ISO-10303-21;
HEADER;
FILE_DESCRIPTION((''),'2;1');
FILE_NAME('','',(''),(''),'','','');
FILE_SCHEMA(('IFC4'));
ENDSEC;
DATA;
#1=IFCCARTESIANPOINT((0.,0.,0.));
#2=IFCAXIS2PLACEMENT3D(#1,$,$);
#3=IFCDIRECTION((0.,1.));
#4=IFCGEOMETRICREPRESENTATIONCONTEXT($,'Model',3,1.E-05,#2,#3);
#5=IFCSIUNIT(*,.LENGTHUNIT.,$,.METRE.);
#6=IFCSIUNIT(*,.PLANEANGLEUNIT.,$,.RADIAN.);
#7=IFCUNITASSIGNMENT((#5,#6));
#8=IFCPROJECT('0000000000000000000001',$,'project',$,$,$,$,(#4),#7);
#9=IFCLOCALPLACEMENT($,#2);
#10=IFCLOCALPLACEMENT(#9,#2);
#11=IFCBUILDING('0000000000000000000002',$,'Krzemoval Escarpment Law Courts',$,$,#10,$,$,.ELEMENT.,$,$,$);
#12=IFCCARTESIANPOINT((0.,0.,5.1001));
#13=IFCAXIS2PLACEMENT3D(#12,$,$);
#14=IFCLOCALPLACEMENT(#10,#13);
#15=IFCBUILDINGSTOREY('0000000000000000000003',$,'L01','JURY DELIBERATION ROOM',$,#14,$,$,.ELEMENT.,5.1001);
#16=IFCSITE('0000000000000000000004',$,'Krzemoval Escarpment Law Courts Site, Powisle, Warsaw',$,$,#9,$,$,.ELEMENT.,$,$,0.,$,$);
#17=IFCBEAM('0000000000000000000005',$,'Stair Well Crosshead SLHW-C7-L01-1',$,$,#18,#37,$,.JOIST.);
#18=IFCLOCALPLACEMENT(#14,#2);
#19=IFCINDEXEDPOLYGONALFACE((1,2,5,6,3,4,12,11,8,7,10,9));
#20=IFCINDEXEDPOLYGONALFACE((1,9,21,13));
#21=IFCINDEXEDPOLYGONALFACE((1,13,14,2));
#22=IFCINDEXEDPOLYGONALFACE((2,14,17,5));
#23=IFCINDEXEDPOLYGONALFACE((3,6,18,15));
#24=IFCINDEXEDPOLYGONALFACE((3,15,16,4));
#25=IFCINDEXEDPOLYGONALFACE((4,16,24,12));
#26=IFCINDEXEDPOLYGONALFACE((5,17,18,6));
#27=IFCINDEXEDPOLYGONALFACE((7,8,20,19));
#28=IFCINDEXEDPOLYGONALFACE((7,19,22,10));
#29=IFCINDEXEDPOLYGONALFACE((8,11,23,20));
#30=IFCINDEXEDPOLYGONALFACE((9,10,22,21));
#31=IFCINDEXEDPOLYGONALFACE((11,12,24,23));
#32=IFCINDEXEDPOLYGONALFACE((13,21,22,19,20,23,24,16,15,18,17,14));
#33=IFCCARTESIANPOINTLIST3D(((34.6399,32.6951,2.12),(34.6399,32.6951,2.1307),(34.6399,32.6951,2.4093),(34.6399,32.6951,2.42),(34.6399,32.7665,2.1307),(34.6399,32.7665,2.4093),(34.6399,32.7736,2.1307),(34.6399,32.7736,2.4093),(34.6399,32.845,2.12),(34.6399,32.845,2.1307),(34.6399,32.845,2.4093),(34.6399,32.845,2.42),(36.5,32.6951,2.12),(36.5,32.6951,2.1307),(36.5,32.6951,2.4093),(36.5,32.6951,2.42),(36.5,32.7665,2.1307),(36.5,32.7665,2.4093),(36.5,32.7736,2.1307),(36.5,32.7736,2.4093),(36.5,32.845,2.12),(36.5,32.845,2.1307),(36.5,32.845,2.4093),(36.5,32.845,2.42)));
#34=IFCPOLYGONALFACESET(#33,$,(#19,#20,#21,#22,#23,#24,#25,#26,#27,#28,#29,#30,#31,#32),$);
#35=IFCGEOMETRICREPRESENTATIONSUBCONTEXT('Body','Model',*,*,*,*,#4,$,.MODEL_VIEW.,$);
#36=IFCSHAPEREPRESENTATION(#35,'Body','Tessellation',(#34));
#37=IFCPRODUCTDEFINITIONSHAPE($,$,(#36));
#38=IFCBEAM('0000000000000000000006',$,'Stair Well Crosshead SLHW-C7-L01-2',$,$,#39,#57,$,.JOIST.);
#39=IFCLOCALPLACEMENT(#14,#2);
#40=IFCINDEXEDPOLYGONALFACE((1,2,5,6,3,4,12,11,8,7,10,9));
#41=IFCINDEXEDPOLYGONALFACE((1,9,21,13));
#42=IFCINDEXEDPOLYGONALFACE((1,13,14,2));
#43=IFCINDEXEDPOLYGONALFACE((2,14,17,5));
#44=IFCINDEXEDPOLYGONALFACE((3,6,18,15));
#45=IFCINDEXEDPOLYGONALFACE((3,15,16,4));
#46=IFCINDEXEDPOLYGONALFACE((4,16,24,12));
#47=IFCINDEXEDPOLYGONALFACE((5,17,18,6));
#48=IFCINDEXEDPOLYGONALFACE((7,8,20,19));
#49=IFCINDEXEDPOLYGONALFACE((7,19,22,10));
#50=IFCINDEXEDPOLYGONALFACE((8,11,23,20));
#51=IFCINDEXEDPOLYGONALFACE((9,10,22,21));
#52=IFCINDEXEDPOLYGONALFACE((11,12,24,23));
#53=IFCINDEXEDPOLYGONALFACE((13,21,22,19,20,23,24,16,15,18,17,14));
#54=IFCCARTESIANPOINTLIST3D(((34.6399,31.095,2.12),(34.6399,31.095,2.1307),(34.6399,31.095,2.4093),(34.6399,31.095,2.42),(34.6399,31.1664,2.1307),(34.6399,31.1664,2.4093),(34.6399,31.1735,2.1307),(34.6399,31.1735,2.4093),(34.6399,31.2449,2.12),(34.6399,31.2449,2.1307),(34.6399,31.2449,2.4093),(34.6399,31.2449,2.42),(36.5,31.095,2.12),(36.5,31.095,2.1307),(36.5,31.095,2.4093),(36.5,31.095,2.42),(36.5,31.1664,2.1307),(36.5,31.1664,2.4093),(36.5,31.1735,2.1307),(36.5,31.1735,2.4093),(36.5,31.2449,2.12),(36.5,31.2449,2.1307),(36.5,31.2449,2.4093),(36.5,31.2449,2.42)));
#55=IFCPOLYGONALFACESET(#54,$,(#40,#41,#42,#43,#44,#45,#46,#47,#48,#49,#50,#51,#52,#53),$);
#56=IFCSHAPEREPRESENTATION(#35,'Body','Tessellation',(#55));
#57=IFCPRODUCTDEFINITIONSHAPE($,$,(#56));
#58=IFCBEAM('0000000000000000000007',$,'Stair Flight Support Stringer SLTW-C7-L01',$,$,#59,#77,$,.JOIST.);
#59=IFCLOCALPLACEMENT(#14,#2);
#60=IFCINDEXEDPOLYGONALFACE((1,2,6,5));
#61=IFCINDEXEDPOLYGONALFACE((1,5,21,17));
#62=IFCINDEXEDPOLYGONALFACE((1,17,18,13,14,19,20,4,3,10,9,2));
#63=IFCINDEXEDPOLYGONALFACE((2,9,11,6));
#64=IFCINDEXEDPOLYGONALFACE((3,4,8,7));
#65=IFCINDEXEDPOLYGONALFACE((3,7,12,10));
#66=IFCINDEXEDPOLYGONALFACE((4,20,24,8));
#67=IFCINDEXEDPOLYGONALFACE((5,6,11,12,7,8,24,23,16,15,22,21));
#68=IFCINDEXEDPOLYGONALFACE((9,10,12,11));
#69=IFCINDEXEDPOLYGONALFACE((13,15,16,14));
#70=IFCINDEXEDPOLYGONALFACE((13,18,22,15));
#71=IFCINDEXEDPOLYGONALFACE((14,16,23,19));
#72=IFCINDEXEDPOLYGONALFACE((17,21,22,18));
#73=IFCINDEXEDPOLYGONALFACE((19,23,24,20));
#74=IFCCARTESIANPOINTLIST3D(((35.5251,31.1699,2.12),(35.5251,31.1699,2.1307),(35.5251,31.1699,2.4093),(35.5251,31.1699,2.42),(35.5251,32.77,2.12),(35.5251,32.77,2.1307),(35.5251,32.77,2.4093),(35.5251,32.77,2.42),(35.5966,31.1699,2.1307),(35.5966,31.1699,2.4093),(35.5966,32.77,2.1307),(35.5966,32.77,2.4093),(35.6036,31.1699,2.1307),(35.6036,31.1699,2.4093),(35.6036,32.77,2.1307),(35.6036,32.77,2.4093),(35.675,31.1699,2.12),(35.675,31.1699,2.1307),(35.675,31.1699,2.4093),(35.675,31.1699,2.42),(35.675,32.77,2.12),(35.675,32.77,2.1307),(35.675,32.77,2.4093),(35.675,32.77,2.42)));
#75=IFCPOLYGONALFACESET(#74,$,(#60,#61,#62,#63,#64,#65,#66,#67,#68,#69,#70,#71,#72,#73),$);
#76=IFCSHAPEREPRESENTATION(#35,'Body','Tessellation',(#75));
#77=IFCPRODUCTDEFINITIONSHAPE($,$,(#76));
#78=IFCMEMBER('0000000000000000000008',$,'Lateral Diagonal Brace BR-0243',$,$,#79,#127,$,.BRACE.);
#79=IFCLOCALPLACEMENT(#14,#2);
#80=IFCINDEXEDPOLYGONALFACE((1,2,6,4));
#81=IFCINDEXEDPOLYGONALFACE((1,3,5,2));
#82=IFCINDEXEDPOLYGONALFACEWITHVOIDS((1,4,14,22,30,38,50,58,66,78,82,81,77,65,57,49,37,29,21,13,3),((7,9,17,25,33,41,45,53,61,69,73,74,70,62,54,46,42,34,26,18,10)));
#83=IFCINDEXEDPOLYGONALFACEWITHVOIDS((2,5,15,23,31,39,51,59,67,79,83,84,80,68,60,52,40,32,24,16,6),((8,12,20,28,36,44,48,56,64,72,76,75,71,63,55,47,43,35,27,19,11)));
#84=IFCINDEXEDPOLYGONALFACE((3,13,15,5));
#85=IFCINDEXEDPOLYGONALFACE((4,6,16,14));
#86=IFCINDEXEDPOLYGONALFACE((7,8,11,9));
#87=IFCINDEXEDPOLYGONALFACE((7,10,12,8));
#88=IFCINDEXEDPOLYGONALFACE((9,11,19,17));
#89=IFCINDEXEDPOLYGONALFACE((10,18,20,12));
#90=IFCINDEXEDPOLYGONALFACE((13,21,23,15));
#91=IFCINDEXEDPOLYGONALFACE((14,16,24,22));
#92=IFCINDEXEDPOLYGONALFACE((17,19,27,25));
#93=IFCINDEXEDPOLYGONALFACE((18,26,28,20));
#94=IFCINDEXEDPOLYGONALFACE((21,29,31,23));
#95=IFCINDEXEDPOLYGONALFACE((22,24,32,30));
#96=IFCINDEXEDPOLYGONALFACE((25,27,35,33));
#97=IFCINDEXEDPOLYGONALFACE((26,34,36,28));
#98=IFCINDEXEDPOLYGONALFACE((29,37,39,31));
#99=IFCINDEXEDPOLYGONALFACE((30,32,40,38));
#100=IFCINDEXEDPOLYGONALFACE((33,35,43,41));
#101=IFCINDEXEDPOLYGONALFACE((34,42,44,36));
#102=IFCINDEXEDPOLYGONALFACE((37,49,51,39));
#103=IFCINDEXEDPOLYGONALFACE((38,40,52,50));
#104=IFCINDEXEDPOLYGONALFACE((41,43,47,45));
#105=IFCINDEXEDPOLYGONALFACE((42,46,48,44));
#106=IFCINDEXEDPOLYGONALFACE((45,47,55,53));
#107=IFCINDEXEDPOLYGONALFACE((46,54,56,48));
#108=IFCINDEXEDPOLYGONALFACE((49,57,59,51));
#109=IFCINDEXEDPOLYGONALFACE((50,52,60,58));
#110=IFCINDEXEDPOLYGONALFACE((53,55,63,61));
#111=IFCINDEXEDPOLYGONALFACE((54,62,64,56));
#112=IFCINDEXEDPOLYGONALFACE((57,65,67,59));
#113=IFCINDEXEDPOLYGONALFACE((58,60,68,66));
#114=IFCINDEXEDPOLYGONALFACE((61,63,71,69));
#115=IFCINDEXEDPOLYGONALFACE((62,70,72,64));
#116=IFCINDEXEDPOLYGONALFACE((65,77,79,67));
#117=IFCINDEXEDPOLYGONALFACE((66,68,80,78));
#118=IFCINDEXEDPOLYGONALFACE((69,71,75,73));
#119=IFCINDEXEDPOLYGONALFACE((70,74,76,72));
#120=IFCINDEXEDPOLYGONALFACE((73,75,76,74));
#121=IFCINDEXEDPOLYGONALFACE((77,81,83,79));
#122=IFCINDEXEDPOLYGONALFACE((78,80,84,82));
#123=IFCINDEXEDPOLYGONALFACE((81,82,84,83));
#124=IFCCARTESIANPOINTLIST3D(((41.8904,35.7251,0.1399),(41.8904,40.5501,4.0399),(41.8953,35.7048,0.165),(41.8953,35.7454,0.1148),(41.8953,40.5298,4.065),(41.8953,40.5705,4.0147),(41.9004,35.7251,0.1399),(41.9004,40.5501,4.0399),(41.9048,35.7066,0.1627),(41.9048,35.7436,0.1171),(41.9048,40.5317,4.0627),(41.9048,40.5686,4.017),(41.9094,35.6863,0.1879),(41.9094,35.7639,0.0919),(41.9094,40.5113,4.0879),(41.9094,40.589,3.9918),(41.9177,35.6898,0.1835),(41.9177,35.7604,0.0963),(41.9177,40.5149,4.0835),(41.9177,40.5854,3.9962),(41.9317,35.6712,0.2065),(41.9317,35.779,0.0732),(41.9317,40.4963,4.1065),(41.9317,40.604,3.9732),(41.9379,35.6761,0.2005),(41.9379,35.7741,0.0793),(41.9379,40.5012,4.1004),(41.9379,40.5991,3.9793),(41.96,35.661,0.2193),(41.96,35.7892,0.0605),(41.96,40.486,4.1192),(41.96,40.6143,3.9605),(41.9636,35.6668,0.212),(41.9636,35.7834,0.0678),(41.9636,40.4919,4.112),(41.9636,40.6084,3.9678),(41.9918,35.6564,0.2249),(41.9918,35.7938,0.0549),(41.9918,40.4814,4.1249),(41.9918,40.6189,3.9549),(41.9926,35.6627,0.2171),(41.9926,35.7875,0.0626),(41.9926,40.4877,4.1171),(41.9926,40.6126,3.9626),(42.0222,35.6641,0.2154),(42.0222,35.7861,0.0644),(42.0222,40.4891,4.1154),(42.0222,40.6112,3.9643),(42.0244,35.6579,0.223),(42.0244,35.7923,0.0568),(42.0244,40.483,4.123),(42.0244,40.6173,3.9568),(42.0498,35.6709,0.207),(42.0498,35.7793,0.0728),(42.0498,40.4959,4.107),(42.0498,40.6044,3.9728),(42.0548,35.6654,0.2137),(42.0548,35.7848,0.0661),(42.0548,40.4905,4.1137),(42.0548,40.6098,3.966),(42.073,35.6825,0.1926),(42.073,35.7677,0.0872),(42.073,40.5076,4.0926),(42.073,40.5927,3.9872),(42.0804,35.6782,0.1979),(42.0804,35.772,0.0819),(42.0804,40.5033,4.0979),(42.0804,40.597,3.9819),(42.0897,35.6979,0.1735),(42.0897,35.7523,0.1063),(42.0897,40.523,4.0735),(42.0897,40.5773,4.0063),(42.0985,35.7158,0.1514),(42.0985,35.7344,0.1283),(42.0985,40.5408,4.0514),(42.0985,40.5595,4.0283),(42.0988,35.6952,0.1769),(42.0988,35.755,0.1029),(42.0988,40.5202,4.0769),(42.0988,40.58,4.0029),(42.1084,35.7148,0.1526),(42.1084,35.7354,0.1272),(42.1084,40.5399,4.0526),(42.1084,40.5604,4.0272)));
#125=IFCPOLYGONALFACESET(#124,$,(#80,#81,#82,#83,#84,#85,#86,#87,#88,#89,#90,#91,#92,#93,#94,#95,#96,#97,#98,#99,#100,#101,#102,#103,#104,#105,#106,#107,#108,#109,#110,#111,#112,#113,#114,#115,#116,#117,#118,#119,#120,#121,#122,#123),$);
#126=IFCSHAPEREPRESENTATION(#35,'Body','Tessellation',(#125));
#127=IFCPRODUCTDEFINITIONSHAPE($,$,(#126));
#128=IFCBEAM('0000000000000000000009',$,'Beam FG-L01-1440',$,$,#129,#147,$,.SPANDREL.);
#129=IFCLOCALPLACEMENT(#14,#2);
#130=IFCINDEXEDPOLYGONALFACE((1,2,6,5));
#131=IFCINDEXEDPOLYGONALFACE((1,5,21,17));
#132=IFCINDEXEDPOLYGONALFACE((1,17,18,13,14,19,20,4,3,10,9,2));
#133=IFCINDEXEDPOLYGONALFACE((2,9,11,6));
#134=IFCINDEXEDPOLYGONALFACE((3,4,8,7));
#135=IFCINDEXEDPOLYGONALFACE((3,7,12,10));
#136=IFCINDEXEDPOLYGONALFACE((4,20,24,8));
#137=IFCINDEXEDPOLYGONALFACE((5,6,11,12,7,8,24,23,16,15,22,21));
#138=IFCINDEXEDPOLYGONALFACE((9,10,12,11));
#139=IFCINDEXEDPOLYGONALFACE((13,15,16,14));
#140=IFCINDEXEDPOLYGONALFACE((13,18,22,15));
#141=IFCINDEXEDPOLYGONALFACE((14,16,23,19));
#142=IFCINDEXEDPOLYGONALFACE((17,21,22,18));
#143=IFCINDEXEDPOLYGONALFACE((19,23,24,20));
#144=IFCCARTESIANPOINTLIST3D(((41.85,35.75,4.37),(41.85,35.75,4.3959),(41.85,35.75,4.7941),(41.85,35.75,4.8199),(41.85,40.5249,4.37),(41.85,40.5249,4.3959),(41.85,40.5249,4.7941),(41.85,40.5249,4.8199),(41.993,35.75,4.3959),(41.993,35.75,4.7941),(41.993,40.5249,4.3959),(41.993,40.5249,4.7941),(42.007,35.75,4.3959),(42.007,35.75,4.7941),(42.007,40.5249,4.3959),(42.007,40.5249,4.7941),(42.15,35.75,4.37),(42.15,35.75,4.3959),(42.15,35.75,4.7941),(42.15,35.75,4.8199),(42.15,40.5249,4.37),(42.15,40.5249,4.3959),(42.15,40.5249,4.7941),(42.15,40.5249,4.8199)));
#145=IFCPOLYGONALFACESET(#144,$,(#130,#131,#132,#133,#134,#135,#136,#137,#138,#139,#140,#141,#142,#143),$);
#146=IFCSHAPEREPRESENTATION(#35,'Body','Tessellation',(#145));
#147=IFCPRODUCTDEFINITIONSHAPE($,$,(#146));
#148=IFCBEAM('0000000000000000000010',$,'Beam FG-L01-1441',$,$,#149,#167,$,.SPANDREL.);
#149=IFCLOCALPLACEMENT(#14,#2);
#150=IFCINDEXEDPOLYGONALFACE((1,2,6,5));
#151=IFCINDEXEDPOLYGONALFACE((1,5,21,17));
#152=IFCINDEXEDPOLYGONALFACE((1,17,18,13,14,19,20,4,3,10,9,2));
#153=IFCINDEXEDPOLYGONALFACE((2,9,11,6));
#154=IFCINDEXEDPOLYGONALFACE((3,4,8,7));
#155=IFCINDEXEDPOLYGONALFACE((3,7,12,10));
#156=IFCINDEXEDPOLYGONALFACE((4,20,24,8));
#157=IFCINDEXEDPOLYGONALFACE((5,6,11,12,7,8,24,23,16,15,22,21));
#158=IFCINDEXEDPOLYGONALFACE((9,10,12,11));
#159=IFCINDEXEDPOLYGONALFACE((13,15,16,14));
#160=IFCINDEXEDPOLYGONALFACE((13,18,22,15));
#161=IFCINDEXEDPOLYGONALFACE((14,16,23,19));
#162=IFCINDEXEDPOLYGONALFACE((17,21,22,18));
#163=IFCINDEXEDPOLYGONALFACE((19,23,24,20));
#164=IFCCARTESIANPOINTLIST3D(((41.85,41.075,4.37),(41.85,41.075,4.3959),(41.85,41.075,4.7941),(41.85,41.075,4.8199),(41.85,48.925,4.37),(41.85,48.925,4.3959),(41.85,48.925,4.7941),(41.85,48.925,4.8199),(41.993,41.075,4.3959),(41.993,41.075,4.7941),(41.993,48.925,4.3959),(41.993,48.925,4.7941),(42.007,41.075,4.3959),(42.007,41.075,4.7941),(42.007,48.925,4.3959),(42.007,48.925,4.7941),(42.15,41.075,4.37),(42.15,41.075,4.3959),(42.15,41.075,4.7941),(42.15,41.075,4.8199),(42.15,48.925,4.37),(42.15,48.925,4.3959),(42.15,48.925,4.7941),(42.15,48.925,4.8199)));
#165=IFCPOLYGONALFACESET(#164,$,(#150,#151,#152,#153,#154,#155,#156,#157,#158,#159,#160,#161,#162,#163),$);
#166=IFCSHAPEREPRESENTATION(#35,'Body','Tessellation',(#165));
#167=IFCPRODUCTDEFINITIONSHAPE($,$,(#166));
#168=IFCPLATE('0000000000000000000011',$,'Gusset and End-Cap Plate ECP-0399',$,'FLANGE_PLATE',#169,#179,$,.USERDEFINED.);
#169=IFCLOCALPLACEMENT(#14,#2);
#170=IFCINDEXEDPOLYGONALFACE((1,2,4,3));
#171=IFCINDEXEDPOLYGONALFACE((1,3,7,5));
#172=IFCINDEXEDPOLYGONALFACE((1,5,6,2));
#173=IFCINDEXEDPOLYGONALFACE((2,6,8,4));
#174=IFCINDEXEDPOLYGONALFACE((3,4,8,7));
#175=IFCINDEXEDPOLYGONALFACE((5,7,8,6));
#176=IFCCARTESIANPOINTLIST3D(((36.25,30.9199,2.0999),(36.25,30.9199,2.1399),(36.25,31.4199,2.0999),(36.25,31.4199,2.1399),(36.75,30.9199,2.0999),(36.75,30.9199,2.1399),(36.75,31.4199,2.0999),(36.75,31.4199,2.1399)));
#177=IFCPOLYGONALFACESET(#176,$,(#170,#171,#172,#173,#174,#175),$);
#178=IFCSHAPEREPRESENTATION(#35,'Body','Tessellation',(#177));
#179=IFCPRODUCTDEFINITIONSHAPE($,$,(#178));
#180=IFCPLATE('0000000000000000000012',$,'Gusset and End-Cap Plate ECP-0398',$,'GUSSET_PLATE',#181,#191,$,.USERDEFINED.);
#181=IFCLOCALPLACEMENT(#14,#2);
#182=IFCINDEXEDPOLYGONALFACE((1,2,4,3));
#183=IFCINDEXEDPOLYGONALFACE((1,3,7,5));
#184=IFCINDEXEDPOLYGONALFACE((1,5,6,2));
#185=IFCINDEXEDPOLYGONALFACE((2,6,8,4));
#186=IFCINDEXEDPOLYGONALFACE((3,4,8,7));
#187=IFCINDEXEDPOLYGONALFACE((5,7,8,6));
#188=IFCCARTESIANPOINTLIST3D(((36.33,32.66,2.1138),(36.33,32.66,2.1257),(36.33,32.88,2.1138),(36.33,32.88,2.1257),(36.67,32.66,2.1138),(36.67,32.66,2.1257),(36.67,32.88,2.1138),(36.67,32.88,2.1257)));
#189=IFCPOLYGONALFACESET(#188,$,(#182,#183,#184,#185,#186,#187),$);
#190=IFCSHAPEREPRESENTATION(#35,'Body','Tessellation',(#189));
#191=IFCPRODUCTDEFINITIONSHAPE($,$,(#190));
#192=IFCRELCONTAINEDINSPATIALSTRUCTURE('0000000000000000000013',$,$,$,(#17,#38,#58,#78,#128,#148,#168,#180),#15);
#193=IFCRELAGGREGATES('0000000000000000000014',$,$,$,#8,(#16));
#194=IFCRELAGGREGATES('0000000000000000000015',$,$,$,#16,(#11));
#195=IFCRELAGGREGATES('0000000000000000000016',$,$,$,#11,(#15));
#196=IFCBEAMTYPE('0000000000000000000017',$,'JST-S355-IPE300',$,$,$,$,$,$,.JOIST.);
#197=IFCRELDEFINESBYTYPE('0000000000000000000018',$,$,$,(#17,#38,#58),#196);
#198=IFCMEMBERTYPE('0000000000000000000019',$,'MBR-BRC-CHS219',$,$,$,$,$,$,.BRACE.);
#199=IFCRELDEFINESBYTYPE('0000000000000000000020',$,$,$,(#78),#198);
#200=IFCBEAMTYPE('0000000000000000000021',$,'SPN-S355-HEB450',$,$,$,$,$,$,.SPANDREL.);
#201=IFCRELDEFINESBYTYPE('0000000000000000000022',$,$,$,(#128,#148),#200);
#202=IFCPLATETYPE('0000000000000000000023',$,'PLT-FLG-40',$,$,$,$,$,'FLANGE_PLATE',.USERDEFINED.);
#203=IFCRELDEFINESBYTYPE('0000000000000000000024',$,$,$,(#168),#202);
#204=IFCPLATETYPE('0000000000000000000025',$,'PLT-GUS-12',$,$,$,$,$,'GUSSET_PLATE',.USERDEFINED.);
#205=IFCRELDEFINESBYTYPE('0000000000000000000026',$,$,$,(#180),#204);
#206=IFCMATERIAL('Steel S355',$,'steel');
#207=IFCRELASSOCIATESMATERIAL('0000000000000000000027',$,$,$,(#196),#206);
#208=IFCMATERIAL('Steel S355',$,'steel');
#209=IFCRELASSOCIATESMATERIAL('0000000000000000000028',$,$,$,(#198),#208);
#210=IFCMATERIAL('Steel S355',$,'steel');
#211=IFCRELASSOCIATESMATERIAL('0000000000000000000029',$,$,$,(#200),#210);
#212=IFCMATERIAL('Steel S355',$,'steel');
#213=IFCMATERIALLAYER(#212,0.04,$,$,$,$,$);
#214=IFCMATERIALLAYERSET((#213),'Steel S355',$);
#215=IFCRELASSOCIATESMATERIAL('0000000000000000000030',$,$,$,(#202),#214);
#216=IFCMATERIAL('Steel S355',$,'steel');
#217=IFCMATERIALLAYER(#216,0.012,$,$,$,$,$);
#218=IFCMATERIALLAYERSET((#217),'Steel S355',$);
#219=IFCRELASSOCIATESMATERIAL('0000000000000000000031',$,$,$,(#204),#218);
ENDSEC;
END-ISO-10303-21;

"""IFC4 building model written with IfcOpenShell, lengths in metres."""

from ifc_helpers import new_model, si_unit, direction, frame, origin, origin_2d, place, context, subcontext, project, spatial, rectangle, hollow_circle, i_section, extrude, material, layer, layer_set, material_profile, profile_set, type_object, element, save


model = new_model("IFC4")

# Units and contexts
model_context = context("Model", 3, precision=1e-05, world=origin(), true_north=direction((0.0, 1.0)))
body_context = subcontext(model_context, "Body", "Model", "MODEL_VIEW")
ifc_project = project(units=[si_unit("LENGTHUNIT", "METRE"), si_unit("PLANEANGLEUNIT", "RADIAN")], contexts=[model_context])

# Site, building, storey
site_placement = place(None, origin())
site = spatial("IfcSite", under=ifc_project, at=site_placement, Name="Krzemoval Escarpment Law Courts Site, Powisle, Warsaw", CompositionType="ELEMENT", RefElevation=0.0)
building_placement = place(site_placement, origin())
building = spatial("IfcBuilding", under=site, at=building_placement, Name="Krzemoval Escarpment Law Courts", CompositionType="ELEMENT")
storey_placement = place(building_placement, frame((0.0, 0.0, 5.1001)))
storey = spatial("IfcBuildingStorey", under=building, at=storey_placement, Name="L01", Description="JURY DELIBERATION ROOM", CompositionType="ELEMENT", Elevation=5.1001)

# Beams
ifc_material_1 = material(Name="Steel S355", Category="steel")
ifc_material_profile_1 = material_profile(ifc_material_1, i_section(OverallWidth=0.1499, OverallDepth=0.3, WebThickness=0.0071, FlangeThickness=0.0107, at=origin_2d()), Name="IPE 300")
ifc_profile_set_1 = profile_set([ifc_material_profile_1], Name="Steel S355")
beam_type_1 = type_object("IfcBeamType", Name="JST-S355-IPE300", PredefinedType="JOIST", material=ifc_profile_set_1)
for number, where, z_axis, x_axis, name in (
    (1, (36.5, 32.77, 2.27), (-1.0, 0.0, 0.0), (0.0, -1.0, 0.0), "Stair Well Crosshead SLHW-C7-L01-1"),
    (2, (36.5, 31.1699, 2.27), (-1.0, 0.0, 0.0), (0.0, -1.0, 0.0), "Stair Well Crosshead SLHW-C7-L01-2"),
):
    element("IfcBeam", number, at=place(storey_placement, frame(where, z_axis=z_axis, x_axis=x_axis)), inside=storey, type_object=beam_type_1, Name=name, PredefinedType="JOIST", context=body_context, shape_type="SweptSolid", body=[
        extrude(i_section(OverallWidth=0.1499, OverallDepth=0.3, WebThickness=0.0071, FlangeThickness=0.0107, at=origin_2d()), origin(), (0.0, 0.0, 1.0), 1.8601),
    ])
beam_1_placement = place(storey_placement, frame((35.6001, 32.77, 2.27), z_axis=(0.0, -1.0, 0.0), x_axis=(1.0, 0.0, 0.0)))
element("IfcBeam", 3, at=beam_1_placement, inside=storey, type_object=beam_type_1, Name="Stair Flight Support Stringer SLTW-C7-L01", PredefinedType="JOIST", context=body_context, shape_type="SweptSolid", body=[
    extrude(i_section(OverallWidth=0.1499, OverallDepth=0.3, WebThickness=0.0071, FlangeThickness=0.0107, at=origin_2d()), origin(), (0.0, 0.0, 1.0), 1.6001),
])

# Member
ifc_material_2 = material(Name="Steel S355", Category="steel")
ifc_material_profile_2 = material_profile(ifc_material_2, hollow_circle(Radius=0.1096, WallThickness=0.01, at=origin_2d()), Name="CHS 219.1x10")
ifc_profile_set_2 = profile_set([ifc_material_profile_2], Name="Steel S355")
member_type_1 = type_object("IfcMemberType", Name="MBR-BRC-CHS219", PredefinedType="BRACE", material=ifc_profile_set_2)
member_1_placement = place(storey_placement, frame((42.0, 35.7251, 0.1399), z_axis=(0.0, 0.777718, 0.628613), x_axis=(-1.0, 0.0, 0.0)))
element("IfcMember", 4, at=member_1_placement, inside=storey, type_object=member_type_1, Name="Lateral Diagonal Brace BR-0243", PredefinedType="BRACE", context=body_context, shape_type="SweptSolid", body=[
    extrude(hollow_circle(Radius=0.1096, WallThickness=0.01, at=origin_2d()), origin(), (0.0, 0.0, 1.0), 6.2041),
])

# Beams
ifc_material_3 = material(Name="Steel S355", Category="steel")
ifc_material_profile_3 = material_profile(ifc_material_3, i_section(OverallWidth=0.3, OverallDepth=0.45, WebThickness=0.0139, FlangeThickness=0.0259, at=origin_2d()), Name="HEB 450")
ifc_profile_set_3 = profile_set([ifc_material_profile_3], Name="Steel S355")
beam_type_2 = type_object("IfcBeamType", Name="SPN-S355-HEB450", PredefinedType="SPANDREL", material=ifc_profile_set_3)
beam_2_placement = place(storey_placement, frame((42.0, 35.75, 4.595), z_axis=(0.0, 1.0, 0.0), x_axis=(-1.0, 0.0, 0.0)))
element("IfcBeam", 5, at=beam_2_placement, inside=storey, type_object=beam_type_2, Name="Beam FG-L01-1440", PredefinedType="SPANDREL", context=body_context, shape_type="SweptSolid", body=[
    extrude(i_section(OverallWidth=0.3, OverallDepth=0.45, WebThickness=0.0139, FlangeThickness=0.0259, at=origin_2d()), origin(), (0.0, 0.0, 1.0), 4.7749),
])
beam_3_placement = place(storey_placement, frame((42.0, 41.075, 4.595), z_axis=(0.0, 1.0, 0.0), x_axis=(-1.0, 0.0, 0.0)))
element("IfcBeam", 6, at=beam_3_placement, inside=storey, type_object=beam_type_2, Name="Beam FG-L01-1441", PredefinedType="SPANDREL", context=body_context, shape_type="SweptSolid", body=[
    extrude(i_section(OverallWidth=0.3, OverallDepth=0.45, WebThickness=0.0139, FlangeThickness=0.0259, at=origin_2d()), origin(), (0.0, 0.0, 1.0), 7.8501),
])

# Plates
ifc_material_4 = material(Name="Steel S355", Category="steel")
ifc_layer_1 = layer(ifc_material_4, 0.04)
ifc_layer_set_1 = layer_set([ifc_layer_1], Name="Steel S355")
plate_type_1 = type_object("IfcPlateType", Name="PLT-FLG-40", ElementType="FLANGE_PLATE", PredefinedType="USERDEFINED", material=ifc_layer_set_1)
plate_1_placement = place(storey_placement, frame((36.5, 31.1699, 2.0999), z_axis=(0.0, 0.0, 1.0), x_axis=(1.0, 0.0, 0.0)))
element("IfcPlate", 7, at=plate_1_placement, inside=storey, type_object=plate_type_1, Name="Gusset and End-Cap Plate ECP-0399", ObjectType="FLANGE_PLATE", PredefinedType="USERDEFINED", context=body_context, shape_type="SweptSolid", body=[
    extrude(rectangle(XDim=0.5, YDim=0.5, at=origin_2d()), origin(), (0.0, 0.0, 1.0), 0.04),
])
ifc_material_5 = material(Name="Steel S355", Category="steel")
ifc_layer_2 = layer(ifc_material_5, 0.012)
ifc_layer_set_2 = layer_set([ifc_layer_2], Name="Steel S355")
plate_type_2 = type_object("IfcPlateType", Name="PLT-GUS-12", ElementType="GUSSET_PLATE", PredefinedType="USERDEFINED", material=ifc_layer_set_2)
plate_2_placement = place(storey_placement, frame((36.5, 32.77, 2.1138), z_axis=(0.0, 0.0, 1.0), x_axis=(1.0, 0.0, 0.0)))
element("IfcPlate", 8, at=plate_2_placement, inside=storey, type_object=plate_type_2, Name="Gusset and End-Cap Plate ECP-0398", ObjectType="GUSSET_PLATE", PredefinedType="USERDEFINED", context=body_context, shape_type="SweptSolid", body=[
    extrude(rectangle(XDim=0.3401, YDim=0.22, at=origin_2d()), origin(), (0.0, 0.0, 1.0), 0.012),
])

save(model, "model.ifc")
